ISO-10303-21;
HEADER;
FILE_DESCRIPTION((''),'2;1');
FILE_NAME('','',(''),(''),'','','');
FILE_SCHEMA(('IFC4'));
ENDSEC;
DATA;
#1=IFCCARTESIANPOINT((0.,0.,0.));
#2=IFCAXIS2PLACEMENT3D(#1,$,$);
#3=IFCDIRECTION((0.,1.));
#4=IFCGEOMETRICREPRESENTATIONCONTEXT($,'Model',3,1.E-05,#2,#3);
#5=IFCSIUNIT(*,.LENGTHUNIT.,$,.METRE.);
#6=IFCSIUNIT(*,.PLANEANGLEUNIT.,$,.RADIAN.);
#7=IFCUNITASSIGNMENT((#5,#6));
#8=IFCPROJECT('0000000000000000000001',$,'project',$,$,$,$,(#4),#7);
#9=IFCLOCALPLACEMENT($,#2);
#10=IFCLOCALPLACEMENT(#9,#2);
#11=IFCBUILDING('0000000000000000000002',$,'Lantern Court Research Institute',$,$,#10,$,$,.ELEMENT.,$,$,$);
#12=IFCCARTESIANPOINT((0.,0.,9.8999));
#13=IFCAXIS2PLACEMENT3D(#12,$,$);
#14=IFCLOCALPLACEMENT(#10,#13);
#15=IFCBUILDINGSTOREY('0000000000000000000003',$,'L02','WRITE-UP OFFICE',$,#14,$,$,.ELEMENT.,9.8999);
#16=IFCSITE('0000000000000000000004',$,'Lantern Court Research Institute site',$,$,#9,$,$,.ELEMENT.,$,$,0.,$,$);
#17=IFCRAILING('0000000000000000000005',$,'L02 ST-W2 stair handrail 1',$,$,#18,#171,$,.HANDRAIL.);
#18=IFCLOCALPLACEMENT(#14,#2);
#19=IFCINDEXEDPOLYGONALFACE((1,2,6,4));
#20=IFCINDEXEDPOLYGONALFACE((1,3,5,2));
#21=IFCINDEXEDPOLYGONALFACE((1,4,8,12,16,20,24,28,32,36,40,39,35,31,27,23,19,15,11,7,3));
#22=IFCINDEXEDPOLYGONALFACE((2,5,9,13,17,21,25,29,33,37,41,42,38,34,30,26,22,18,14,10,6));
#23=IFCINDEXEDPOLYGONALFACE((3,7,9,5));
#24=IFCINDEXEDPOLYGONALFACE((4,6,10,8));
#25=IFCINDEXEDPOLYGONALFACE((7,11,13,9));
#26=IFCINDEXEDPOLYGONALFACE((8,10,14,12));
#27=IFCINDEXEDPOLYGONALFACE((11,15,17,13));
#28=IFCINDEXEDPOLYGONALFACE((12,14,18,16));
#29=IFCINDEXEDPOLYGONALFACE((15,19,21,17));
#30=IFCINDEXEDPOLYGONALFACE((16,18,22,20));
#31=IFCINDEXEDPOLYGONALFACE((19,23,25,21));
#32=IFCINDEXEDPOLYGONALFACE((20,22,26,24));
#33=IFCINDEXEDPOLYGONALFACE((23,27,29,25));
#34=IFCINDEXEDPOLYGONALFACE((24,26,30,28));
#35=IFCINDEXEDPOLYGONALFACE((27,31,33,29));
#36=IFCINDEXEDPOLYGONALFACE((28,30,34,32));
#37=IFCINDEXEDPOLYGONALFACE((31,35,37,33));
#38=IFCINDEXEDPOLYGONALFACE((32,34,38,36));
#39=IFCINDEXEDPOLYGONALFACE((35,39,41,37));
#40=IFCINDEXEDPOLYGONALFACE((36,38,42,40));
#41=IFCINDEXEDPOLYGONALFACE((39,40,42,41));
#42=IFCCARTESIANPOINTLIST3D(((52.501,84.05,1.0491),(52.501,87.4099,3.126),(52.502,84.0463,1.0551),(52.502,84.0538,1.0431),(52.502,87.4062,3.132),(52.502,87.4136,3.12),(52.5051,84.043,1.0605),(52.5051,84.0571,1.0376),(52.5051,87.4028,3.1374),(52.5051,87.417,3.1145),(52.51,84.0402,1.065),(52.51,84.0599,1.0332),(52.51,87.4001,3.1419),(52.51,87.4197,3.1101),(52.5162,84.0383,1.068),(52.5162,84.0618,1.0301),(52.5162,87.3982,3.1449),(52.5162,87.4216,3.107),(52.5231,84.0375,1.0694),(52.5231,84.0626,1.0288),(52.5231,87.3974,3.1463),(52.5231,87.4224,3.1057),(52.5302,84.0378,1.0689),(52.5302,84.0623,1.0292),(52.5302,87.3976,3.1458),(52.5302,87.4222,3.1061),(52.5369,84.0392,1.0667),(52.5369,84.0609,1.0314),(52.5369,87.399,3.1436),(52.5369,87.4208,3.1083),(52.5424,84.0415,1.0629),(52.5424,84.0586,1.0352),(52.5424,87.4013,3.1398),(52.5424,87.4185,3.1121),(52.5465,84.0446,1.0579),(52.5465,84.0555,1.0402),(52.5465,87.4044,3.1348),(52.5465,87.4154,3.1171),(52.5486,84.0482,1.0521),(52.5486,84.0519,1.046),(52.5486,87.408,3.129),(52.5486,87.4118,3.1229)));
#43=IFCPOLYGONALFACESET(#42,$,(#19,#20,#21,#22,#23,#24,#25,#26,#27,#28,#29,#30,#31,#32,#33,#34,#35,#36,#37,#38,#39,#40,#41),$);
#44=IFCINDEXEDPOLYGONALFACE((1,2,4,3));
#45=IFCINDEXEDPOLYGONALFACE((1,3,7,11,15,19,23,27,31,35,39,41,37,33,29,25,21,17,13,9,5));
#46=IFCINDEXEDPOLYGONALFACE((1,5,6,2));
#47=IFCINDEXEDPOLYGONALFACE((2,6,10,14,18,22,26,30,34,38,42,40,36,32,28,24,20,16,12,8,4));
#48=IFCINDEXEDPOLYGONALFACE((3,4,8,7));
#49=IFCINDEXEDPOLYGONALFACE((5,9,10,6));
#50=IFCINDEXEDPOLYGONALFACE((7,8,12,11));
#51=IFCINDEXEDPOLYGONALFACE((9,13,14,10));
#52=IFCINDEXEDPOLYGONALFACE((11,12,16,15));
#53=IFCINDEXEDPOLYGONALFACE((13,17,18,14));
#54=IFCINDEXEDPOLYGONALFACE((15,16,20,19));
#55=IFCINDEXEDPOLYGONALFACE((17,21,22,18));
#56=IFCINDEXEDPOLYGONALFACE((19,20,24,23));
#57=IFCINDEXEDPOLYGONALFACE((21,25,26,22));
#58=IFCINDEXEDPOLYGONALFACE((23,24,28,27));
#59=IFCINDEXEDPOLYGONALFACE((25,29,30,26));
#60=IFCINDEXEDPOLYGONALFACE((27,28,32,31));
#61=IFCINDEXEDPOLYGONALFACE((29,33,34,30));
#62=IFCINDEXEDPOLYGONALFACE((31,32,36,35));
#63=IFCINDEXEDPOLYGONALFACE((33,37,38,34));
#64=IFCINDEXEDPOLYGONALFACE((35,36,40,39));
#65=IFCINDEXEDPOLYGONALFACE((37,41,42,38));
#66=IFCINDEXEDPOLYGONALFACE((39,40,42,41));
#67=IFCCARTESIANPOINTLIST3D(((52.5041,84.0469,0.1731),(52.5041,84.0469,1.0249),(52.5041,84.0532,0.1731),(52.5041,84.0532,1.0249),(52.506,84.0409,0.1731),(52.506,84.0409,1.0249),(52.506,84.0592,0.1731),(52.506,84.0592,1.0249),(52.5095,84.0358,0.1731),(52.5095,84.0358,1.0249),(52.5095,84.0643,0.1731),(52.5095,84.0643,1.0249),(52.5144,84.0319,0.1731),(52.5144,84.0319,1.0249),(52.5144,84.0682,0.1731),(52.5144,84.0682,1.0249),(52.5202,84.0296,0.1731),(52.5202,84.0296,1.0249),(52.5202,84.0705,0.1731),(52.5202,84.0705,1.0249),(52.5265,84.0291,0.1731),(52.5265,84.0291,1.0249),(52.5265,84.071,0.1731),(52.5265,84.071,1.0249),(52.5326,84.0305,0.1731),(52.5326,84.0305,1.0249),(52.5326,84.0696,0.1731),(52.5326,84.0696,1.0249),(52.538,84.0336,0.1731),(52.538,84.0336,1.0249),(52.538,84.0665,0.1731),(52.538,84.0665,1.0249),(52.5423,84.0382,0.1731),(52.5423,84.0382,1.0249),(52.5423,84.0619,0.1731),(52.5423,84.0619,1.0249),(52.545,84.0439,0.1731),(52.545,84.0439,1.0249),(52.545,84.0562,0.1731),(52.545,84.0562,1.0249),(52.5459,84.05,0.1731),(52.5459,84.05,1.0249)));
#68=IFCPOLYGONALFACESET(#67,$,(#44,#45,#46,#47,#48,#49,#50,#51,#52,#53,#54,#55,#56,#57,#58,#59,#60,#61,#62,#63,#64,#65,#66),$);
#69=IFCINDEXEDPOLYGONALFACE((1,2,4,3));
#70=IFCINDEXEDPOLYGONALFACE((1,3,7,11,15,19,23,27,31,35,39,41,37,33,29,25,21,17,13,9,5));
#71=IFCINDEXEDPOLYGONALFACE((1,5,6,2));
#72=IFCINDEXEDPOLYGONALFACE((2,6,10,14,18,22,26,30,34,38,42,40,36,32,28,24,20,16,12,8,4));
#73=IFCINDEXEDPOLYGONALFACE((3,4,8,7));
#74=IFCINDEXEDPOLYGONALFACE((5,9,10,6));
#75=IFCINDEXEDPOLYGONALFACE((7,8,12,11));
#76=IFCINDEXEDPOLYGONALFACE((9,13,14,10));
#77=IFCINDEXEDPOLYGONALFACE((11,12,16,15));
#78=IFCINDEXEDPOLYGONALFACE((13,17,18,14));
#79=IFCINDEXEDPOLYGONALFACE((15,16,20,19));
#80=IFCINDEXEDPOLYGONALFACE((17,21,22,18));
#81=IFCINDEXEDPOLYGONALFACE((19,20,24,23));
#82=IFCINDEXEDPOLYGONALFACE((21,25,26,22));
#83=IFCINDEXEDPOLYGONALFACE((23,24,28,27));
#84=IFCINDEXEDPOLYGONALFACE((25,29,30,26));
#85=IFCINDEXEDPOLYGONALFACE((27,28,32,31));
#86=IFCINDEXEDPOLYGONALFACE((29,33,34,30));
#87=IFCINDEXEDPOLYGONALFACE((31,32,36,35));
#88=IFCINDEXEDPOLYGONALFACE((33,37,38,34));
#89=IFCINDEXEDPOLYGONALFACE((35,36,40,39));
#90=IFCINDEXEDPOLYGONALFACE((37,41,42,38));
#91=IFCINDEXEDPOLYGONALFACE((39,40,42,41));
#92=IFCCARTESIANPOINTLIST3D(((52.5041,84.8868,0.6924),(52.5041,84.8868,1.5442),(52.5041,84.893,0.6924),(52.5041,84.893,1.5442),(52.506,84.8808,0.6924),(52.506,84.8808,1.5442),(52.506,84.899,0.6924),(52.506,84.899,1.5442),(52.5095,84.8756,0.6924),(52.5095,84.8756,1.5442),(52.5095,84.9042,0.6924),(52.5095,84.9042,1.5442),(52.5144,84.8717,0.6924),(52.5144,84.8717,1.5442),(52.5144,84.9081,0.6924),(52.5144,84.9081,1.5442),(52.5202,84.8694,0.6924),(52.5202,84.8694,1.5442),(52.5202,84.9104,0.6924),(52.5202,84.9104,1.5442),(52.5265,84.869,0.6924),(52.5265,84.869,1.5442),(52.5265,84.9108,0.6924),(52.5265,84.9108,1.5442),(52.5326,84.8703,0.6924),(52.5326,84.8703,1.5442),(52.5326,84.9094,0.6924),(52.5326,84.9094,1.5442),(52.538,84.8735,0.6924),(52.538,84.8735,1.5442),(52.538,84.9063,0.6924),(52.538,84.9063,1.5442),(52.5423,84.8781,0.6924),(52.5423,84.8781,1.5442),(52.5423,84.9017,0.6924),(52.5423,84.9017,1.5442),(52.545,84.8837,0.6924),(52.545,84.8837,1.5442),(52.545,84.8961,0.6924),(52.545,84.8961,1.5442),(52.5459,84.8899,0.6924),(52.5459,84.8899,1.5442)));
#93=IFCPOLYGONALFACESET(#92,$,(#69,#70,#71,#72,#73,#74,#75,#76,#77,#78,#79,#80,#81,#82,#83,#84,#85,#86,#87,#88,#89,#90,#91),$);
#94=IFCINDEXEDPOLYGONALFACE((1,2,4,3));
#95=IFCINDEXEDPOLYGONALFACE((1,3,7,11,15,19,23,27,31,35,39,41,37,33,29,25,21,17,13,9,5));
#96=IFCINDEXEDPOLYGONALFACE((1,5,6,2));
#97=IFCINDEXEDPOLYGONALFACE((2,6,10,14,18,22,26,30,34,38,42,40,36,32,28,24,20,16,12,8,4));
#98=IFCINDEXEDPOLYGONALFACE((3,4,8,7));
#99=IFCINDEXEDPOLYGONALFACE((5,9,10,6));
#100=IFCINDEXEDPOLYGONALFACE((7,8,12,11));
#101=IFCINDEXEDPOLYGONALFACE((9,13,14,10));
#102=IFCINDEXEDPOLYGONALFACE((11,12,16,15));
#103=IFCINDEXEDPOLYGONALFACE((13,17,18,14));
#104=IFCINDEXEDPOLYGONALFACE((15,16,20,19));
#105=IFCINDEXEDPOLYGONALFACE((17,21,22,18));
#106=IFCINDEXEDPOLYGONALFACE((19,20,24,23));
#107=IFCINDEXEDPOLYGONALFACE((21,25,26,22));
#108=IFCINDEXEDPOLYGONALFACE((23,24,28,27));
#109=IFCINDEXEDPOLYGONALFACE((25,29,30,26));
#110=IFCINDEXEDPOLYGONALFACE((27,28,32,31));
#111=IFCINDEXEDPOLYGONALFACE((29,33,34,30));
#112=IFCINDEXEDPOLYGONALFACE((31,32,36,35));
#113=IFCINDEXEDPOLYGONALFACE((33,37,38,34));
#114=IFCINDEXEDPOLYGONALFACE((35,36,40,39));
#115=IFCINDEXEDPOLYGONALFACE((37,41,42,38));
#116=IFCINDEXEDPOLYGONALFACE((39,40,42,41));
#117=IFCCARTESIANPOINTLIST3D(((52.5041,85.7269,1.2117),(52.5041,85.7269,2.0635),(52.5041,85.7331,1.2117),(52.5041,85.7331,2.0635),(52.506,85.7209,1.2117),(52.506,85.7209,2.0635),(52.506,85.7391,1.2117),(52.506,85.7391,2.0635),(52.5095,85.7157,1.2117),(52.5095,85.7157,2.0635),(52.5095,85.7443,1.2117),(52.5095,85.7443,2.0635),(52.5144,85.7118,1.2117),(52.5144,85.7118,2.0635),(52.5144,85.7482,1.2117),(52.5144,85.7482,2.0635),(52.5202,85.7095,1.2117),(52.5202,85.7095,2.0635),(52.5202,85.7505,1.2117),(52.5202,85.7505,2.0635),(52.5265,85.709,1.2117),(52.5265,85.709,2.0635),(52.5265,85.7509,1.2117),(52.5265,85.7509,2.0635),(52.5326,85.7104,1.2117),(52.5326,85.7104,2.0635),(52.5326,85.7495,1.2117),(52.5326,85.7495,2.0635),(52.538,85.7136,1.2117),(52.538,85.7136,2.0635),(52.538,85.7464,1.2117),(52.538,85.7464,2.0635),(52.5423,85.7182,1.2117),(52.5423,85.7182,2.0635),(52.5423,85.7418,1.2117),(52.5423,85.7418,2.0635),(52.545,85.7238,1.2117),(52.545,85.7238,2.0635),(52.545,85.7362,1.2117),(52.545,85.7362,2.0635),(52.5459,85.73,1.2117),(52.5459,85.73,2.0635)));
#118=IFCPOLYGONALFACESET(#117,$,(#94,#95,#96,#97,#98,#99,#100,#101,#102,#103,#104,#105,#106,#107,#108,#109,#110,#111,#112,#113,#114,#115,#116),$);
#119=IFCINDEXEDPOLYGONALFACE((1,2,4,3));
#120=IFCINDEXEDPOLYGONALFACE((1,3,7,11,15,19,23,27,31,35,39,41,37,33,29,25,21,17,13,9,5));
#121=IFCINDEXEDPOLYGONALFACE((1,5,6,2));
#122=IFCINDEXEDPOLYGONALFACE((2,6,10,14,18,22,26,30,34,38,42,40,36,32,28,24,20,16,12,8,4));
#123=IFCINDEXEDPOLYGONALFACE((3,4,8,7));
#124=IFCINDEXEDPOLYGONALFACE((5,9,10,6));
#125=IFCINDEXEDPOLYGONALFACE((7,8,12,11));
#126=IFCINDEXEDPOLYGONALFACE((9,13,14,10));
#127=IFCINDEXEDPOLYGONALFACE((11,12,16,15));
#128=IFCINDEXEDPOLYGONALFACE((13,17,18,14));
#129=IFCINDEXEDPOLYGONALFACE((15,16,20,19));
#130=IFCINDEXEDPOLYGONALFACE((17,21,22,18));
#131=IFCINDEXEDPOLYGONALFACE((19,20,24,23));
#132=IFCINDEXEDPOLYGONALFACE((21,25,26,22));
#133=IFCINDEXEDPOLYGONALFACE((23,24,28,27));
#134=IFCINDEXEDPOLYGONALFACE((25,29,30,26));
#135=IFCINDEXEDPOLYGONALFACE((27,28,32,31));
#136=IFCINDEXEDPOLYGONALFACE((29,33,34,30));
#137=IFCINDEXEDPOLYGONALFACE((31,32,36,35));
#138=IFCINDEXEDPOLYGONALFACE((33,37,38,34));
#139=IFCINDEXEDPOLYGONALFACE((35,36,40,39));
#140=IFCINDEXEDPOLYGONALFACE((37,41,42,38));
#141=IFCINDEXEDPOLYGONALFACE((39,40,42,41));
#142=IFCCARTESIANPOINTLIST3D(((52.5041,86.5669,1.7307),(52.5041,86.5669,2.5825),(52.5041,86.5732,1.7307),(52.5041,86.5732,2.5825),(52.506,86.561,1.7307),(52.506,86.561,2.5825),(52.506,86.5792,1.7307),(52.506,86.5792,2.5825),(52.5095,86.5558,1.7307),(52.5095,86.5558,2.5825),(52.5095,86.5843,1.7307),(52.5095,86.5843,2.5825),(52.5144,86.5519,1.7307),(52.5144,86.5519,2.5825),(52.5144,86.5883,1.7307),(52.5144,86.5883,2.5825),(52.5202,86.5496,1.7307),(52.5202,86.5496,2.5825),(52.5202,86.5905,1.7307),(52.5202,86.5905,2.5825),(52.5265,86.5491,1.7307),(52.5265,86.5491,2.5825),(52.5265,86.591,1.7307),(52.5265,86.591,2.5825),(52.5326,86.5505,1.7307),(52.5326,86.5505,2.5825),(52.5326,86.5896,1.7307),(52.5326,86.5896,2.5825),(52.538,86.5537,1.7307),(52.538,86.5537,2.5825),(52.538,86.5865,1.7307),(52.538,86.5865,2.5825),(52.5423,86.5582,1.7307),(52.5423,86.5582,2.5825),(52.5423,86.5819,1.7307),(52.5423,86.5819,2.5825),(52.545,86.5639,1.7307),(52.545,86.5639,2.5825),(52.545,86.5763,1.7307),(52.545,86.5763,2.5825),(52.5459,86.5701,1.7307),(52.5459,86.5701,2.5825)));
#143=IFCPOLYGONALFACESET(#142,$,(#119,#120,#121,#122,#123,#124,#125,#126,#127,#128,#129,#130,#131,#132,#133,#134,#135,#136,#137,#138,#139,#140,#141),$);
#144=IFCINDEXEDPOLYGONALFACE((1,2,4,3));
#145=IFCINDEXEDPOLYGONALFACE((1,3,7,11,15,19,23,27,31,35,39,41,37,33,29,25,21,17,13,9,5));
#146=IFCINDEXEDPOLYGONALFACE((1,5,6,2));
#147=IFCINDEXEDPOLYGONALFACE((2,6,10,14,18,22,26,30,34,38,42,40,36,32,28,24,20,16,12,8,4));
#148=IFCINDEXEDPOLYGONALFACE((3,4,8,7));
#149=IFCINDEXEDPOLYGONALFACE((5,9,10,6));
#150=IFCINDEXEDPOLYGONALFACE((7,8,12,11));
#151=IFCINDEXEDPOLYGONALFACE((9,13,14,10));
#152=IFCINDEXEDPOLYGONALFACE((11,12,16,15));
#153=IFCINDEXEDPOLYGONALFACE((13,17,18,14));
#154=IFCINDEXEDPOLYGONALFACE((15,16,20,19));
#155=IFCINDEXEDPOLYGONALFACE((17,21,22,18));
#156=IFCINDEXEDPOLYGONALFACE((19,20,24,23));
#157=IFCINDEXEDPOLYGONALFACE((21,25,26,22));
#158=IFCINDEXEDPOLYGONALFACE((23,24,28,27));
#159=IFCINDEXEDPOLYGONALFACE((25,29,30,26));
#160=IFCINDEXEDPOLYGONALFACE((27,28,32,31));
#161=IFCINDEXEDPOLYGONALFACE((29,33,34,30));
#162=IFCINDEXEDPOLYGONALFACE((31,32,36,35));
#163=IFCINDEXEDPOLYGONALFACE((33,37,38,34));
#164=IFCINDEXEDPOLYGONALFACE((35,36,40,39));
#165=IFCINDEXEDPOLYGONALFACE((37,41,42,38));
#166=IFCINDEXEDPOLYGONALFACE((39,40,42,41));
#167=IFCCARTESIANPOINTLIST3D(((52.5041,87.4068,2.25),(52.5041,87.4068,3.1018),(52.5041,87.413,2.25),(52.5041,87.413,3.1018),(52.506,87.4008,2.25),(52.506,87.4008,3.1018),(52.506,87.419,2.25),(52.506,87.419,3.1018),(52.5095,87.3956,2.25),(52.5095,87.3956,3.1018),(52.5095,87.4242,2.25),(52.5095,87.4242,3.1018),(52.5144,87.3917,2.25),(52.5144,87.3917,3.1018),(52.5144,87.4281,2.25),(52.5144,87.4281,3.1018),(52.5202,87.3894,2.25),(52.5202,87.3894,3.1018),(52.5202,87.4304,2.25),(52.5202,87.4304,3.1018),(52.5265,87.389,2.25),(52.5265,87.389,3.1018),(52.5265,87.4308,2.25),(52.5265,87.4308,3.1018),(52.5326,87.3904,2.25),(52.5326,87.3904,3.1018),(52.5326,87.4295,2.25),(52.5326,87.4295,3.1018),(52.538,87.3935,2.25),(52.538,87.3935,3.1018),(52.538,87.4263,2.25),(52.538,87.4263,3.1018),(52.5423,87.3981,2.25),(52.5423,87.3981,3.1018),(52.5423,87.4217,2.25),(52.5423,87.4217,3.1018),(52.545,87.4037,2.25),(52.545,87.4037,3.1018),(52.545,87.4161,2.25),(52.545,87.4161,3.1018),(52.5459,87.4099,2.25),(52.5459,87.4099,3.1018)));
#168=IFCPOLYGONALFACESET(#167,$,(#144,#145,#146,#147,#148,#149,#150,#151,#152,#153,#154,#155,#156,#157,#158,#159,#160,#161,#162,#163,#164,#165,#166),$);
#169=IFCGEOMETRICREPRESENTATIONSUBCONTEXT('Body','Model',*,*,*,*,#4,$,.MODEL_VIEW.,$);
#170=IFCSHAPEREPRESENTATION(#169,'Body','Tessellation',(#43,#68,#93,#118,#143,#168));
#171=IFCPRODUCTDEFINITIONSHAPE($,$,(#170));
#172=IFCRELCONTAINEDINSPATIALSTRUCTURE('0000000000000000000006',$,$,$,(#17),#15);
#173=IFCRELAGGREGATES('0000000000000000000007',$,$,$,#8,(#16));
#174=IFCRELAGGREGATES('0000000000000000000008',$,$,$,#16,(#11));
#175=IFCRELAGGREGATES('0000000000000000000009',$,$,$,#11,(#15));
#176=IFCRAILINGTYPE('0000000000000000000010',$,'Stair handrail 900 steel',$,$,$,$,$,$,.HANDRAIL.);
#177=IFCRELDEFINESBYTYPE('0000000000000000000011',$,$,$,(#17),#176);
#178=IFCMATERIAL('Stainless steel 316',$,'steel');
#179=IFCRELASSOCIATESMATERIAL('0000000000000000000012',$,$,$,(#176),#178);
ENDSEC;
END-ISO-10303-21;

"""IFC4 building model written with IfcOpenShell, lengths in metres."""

from ifc_helpers import new_model, si_unit, direction, frame, origin, origin_2d, place, context, subcontext, project, spatial, circle, extrude, material, type_object, element, save


model = new_model("IFC4")

# Units and contexts
model_context = context("Model", 3, precision=1e-05, world=origin(), true_north=direction((0.0, 1.0)))
body_context = subcontext(model_context, "Body", "Model", "MODEL_VIEW")
ifc_project = project(units=[si_unit("LENGTHUNIT", "METRE"), si_unit("PLANEANGLEUNIT", "RADIAN")], contexts=[model_context])

# Site, building, storey
site_placement = place(None, origin())
site = spatial("IfcSite", under=ifc_project, at=site_placement, Name="Lantern Court Research Institute site", CompositionType="ELEMENT", RefElevation=0.0)
building_placement = place(site_placement, origin())
building = spatial("IfcBuilding", under=site, at=building_placement, Name="Lantern Court Research Institute", CompositionType="ELEMENT")
storey_placement = place(building_placement, frame((0.0, 0.0, 9.8999)))
storey = spatial("IfcBuildingStorey", under=building, at=storey_placement, Name="L02", Description="WRITE-UP OFFICE", CompositionType="ELEMENT", Elevation=9.8999)

# Railing
ifc_material_1 = material(Name="Stainless steel 316", Category="steel")
railing_type_1 = type_object("IfcRailingType", Name="Stair handrail 900 steel", PredefinedType="HANDRAIL", material=ifc_material_1)
railing_1_placement = place(storey_placement, frame((52.5249, 84.05, 0.1731)))
element("IfcRailing", 1, at=railing_1_placement, inside=storey, type_object=railing_type_1, Name="L02 ST-W2 stair handrail 1", PredefinedType="HANDRAIL", context=body_context, shape_type="SweptSolid", body=[
    extrude(circle(Radius=0.0239, at=origin_2d()), frame((0.0, 0.0, 0.876), z_axis=(0.0, 0.850606, 0.525803), x_axis=(-1.0, 0.0, 0.0)), (0.0, 0.0, 1.0), 3.95),
    extrude(circle(Radius=0.021, at=origin_2d()), origin(), (0.0, 0.0, 1.0), 0.8518),
    extrude(circle(Radius=0.021, at=origin_2d()), frame((0.0, 0.8398, 0.5193)), (0.0, 0.0, 1.0), 0.8518),
    extrude(circle(Radius=0.021, at=origin_2d()), frame((0.0, 1.6799, 1.0386)), (0.0, 0.0, 1.0), 0.8518),
    extrude(circle(Radius=0.021, at=origin_2d()), frame((0.0, 2.52, 1.5576)), (0.0, 0.0, 1.0), 0.8518),
    extrude(circle(Radius=0.021, at=origin_2d()), frame((0.0, 3.3599, 2.0769)), (0.0, 0.0, 1.0), 0.8518),
])

save(model, "model.ifc")
